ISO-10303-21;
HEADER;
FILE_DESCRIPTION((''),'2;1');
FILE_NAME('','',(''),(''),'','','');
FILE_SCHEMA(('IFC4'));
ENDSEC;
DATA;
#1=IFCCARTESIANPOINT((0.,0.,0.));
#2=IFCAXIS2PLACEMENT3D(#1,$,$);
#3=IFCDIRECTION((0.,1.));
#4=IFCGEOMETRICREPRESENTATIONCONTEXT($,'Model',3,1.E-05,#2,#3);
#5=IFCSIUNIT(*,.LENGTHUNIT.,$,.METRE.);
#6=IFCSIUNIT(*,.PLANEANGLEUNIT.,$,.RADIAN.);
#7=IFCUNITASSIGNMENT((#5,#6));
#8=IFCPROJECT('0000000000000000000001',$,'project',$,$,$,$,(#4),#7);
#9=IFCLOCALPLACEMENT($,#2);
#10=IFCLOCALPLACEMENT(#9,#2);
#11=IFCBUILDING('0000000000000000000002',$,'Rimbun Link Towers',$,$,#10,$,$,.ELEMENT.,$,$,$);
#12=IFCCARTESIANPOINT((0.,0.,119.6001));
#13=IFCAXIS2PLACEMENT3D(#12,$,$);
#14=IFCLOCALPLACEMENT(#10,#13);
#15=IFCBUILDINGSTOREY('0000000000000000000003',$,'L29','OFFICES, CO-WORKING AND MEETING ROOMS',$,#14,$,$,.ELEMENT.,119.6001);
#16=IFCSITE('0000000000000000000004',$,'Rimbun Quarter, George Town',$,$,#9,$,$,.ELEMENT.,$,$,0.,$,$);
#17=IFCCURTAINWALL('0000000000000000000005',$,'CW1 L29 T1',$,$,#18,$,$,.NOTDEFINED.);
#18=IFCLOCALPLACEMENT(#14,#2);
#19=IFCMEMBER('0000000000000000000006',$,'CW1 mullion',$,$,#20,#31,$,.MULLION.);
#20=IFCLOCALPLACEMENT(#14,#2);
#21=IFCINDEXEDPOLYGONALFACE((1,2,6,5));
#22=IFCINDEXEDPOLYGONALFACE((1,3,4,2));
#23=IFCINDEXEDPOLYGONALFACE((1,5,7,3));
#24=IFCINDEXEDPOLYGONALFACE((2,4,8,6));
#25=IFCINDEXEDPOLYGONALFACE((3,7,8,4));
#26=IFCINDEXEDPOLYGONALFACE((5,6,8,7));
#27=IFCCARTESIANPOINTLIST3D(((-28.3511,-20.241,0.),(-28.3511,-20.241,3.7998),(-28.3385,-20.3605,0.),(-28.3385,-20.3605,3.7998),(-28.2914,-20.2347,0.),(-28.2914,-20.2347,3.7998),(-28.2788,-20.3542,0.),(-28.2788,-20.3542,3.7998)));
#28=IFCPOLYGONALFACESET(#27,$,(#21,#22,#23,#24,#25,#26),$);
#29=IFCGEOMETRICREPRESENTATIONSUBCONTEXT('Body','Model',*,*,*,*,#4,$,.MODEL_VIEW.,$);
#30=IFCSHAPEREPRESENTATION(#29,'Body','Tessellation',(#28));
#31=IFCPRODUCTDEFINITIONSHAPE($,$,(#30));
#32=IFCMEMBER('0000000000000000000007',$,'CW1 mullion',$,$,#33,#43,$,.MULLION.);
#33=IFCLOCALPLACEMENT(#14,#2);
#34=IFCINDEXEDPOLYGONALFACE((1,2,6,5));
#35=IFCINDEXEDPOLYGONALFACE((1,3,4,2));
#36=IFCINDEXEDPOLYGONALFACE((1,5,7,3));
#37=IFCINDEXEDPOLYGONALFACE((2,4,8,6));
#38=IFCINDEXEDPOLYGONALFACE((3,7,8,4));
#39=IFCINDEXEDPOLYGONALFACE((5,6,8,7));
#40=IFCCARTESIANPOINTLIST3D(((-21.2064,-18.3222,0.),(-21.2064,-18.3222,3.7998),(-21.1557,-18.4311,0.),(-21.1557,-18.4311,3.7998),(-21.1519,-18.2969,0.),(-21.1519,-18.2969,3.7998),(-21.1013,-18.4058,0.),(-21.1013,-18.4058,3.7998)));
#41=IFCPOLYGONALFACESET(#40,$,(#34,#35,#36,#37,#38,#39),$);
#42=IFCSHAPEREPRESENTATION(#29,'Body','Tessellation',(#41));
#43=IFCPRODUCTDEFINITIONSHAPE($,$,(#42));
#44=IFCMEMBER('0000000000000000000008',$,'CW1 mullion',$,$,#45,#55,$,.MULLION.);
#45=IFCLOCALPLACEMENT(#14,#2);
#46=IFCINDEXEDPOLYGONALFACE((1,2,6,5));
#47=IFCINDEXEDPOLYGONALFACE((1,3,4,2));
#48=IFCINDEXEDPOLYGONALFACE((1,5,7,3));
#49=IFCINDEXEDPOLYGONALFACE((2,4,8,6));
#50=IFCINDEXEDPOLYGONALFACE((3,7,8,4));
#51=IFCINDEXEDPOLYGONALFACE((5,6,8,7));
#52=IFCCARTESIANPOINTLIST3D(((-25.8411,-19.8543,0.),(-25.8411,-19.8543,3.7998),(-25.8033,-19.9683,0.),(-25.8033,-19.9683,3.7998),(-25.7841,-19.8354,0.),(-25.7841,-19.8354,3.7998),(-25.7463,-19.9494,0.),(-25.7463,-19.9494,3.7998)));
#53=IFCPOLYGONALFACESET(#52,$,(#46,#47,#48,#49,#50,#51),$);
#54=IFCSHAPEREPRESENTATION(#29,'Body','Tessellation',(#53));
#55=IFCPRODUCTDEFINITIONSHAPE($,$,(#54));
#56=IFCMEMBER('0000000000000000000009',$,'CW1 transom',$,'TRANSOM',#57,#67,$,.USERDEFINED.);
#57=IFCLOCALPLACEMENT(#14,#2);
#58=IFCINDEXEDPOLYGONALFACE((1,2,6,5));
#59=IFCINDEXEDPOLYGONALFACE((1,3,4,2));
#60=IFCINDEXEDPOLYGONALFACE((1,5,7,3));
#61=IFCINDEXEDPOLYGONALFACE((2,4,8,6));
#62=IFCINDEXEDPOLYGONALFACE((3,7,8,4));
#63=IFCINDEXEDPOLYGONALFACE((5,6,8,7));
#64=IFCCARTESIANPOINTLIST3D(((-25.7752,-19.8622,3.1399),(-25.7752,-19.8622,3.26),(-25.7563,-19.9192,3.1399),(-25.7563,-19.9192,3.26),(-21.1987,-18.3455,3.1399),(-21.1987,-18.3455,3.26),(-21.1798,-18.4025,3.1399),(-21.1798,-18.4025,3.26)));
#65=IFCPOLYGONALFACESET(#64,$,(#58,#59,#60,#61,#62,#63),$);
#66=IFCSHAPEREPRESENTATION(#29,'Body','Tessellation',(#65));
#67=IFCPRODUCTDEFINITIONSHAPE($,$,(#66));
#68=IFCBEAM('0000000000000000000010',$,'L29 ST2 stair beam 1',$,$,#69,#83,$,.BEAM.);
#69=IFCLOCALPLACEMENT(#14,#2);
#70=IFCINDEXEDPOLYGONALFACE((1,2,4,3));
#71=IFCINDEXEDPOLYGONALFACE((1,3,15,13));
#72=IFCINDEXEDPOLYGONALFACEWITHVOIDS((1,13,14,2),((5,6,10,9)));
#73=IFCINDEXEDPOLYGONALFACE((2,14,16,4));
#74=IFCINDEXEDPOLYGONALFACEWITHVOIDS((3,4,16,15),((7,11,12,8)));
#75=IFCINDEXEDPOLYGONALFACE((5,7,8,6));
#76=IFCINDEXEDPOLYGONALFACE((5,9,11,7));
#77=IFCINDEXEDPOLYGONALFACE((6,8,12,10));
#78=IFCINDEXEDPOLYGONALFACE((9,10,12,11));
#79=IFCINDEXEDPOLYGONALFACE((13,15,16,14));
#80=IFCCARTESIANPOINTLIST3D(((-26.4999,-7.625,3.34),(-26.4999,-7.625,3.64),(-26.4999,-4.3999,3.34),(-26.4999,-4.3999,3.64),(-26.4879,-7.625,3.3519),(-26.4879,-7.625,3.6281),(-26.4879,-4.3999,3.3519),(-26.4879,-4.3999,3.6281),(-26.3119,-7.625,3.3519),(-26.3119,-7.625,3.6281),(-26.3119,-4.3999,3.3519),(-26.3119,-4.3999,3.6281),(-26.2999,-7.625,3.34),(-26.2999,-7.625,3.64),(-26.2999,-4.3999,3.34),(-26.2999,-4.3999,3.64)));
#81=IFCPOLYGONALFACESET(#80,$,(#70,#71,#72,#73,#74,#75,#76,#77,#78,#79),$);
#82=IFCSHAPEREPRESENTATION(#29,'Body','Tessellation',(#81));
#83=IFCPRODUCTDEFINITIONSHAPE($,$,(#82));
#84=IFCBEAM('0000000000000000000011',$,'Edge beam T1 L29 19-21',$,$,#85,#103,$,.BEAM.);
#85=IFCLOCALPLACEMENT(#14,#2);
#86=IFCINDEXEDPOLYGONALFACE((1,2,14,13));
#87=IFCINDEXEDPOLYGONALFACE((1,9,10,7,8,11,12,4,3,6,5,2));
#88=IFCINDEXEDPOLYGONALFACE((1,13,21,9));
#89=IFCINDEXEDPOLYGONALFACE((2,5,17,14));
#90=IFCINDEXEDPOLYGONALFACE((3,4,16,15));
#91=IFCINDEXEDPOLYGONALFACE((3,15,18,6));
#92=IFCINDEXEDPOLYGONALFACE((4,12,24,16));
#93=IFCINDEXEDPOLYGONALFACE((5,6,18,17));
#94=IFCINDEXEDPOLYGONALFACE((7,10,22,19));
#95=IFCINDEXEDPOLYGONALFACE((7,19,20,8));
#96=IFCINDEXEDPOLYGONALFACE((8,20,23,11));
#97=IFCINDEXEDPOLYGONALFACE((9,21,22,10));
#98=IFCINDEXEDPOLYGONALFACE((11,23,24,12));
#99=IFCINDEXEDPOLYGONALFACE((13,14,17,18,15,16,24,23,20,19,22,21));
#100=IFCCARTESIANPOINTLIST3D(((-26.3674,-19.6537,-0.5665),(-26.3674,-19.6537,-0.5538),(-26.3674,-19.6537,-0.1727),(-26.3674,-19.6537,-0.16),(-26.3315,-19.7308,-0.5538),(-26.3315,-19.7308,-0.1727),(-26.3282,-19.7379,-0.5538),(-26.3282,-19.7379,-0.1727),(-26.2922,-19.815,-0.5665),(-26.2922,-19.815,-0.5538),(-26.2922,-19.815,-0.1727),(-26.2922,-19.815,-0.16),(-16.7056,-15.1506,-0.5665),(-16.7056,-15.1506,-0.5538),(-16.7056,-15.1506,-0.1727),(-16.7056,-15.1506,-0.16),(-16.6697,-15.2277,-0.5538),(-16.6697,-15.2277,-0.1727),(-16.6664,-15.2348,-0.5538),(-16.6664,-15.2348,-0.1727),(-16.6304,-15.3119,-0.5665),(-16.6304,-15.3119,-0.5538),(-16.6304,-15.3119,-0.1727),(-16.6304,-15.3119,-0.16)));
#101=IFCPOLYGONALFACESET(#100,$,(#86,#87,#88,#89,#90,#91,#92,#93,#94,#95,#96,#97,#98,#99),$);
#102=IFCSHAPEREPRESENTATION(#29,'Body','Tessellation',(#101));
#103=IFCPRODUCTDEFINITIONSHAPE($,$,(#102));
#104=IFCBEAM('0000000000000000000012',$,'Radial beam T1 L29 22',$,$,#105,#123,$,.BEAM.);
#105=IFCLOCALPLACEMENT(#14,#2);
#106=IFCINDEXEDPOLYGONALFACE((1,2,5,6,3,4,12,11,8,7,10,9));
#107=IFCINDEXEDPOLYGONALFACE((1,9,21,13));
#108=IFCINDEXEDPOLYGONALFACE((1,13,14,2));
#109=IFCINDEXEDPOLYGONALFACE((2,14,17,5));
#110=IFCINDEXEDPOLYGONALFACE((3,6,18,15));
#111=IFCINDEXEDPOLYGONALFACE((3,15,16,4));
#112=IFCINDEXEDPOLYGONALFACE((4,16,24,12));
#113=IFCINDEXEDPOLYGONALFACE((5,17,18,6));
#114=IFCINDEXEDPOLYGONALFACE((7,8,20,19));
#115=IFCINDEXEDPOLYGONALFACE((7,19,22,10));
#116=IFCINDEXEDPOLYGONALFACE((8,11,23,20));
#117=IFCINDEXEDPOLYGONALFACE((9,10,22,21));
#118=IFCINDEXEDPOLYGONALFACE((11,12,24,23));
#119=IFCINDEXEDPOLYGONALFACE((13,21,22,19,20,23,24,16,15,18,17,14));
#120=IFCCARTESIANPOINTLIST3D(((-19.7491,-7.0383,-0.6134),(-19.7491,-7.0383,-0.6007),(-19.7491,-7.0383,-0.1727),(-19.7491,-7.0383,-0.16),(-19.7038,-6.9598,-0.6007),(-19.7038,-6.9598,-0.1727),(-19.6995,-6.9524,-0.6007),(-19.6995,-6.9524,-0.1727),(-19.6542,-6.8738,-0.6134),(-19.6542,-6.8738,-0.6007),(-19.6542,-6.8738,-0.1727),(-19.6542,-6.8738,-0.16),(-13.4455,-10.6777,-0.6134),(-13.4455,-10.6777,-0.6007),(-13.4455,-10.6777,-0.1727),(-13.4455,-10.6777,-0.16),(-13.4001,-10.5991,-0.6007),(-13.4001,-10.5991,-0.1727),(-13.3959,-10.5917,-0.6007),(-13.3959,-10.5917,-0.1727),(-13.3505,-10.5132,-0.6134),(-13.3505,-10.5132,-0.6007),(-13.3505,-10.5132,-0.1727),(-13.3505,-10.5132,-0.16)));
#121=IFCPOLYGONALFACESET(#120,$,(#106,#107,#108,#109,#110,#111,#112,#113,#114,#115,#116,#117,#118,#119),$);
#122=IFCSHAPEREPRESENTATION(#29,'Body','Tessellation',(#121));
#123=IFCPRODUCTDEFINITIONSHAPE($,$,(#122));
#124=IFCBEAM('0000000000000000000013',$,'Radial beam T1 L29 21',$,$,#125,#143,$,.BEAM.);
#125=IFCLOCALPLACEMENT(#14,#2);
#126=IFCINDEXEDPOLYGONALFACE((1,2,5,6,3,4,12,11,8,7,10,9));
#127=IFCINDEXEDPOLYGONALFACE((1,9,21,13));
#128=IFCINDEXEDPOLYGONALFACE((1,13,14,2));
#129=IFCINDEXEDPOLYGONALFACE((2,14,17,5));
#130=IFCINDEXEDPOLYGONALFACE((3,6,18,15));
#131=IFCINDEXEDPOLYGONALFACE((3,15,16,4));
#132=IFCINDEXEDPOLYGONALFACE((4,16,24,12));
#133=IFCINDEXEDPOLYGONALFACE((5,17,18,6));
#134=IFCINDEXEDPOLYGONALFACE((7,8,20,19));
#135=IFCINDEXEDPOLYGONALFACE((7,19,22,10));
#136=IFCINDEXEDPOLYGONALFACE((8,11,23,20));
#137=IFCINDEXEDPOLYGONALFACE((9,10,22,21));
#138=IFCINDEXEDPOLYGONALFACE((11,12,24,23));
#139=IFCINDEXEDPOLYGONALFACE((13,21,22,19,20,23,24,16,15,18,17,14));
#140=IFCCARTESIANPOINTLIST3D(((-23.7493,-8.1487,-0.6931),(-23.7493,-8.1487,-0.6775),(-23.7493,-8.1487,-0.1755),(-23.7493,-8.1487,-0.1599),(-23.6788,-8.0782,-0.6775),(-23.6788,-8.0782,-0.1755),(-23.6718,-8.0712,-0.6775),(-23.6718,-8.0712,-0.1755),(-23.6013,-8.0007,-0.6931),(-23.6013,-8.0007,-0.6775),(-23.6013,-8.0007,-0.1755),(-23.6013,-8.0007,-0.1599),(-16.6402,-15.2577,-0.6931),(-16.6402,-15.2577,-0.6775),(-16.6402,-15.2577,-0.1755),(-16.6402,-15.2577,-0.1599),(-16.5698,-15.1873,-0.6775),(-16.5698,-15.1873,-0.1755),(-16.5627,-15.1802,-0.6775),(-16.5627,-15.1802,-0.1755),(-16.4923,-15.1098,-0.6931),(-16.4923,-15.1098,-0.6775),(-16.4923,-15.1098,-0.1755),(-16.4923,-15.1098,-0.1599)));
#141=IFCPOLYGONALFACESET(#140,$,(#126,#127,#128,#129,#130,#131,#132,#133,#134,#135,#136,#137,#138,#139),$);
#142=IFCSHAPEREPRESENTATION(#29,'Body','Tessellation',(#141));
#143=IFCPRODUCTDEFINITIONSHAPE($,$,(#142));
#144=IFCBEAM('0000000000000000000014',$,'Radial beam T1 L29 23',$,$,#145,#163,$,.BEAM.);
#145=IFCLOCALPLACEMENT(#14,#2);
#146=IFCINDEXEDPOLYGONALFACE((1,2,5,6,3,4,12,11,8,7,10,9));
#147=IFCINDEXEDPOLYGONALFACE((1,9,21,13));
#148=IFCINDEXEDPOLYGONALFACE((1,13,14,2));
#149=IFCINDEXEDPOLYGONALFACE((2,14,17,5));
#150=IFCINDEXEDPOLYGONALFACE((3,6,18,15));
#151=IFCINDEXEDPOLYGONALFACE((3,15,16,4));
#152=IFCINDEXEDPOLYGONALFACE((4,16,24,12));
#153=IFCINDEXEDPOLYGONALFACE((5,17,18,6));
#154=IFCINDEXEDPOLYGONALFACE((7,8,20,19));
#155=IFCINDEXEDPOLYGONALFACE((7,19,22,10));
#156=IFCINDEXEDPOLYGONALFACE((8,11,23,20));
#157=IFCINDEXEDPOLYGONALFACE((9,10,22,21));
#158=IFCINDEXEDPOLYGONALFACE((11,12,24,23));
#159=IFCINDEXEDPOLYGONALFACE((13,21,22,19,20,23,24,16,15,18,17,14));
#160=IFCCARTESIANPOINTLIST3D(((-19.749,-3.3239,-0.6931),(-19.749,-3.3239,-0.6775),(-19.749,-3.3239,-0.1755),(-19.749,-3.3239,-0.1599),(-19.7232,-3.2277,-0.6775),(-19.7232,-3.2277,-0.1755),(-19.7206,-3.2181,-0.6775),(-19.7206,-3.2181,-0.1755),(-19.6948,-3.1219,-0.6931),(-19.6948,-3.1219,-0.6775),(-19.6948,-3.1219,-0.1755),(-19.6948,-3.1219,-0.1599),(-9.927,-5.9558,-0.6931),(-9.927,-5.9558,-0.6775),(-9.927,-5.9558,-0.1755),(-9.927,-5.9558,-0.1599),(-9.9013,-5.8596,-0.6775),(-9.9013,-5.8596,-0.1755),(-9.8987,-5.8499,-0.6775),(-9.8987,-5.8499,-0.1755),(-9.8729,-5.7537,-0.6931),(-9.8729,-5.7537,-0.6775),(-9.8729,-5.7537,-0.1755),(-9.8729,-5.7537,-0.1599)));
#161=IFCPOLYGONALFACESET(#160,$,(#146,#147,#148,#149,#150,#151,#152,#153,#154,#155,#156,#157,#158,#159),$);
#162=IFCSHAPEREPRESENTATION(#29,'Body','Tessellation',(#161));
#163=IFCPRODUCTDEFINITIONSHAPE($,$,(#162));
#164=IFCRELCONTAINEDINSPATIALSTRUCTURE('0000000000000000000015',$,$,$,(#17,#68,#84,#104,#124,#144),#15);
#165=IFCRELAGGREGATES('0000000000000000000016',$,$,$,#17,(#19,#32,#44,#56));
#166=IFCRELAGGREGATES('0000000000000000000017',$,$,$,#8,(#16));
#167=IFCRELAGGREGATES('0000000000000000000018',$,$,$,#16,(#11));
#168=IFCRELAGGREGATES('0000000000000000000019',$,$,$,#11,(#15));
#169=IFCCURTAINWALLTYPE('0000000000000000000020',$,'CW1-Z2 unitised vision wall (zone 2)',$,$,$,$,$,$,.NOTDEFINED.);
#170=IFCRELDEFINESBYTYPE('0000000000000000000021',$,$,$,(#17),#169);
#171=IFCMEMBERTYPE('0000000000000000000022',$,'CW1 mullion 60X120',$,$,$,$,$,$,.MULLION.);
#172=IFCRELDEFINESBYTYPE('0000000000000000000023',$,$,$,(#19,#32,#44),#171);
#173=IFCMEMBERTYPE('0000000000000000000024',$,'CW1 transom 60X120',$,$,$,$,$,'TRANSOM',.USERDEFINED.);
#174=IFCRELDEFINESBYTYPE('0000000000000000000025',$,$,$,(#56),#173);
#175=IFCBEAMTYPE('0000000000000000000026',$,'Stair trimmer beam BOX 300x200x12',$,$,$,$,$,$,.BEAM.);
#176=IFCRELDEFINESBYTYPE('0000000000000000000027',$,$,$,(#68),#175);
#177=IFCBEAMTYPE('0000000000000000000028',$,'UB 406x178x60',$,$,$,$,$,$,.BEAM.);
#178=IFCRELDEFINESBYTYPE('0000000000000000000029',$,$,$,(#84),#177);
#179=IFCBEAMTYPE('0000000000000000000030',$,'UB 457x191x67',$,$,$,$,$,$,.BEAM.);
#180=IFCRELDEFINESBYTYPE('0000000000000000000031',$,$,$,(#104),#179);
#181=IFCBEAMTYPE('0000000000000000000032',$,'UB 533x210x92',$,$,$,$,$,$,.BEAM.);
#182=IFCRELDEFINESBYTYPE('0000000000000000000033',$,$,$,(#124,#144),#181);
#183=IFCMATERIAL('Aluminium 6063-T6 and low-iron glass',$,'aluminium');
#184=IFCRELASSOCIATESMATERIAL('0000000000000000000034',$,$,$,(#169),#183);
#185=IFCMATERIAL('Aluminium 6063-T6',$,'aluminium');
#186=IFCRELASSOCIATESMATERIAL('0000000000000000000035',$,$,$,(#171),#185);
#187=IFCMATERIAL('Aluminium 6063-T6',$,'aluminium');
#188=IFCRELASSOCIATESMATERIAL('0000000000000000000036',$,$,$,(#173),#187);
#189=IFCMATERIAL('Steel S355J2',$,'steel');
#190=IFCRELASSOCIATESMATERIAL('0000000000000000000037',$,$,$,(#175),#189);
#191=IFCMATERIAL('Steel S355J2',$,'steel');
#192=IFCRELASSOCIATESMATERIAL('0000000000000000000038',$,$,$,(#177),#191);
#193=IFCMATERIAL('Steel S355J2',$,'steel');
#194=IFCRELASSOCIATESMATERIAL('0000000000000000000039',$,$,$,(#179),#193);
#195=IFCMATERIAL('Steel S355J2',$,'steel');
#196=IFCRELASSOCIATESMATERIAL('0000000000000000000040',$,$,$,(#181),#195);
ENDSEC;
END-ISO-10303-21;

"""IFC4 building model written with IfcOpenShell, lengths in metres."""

from ifc_helpers import new_model, si_unit, direction, frame, origin, origin_2d, place, context, subcontext, project, spatial, rectangle, hollow_rectangle, i_section, extrude, material, material_profile, profile_set, type_object, element, aggregate, save


model = new_model("IFC4")

# Units and contexts
model_context = context("Model", 3, precision=1e-05, world=origin(), true_north=direction((0.0, 1.0)))
body_context = subcontext(model_context, "Body", "Model", "MODEL_VIEW")
ifc_project = project(units=[si_unit("LENGTHUNIT", "METRE"), si_unit("PLANEANGLEUNIT", "RADIAN")], contexts=[model_context])

# Site, building, storey
site_placement = place(None, origin())
site = spatial("IfcSite", under=ifc_project, at=site_placement, Name="Rimbun Quarter, George Town", CompositionType="ELEMENT", RefElevation=0.0)
building_placement = place(site_placement, origin())
building = spatial("IfcBuilding", under=site, at=building_placement, Name="Rimbun Link Towers", CompositionType="ELEMENT")
storey_placement = place(building_placement, frame((0.0, 0.0, 119.6001)))
storey = spatial("IfcBuildingStorey", under=building, at=storey_placement, Name="L29", Description="OFFICES, CO-WORKING AND MEETING ROOMS", CompositionType="ELEMENT", Elevation=119.6001)

# Curtain wall, members
ifc_material_1 = material(Name="Aluminium 6063-T6 and low-iron glass", Category="aluminium")
curtain_wall_type = type_object("IfcCurtainWallType", Name="CW1-Z2 unitised vision wall (zone 2)", PredefinedType="NOTDEFINED", material=ifc_material_1)
curtain_wall_placement = place(storey_placement, origin())
curtain_wall = element("IfcCurtainWall", 1, at=curtain_wall_placement, inside=storey, type_object=curtain_wall_type, Name="CW1 L29 T1", PredefinedType="NOTDEFINED")
ifc_material_2 = material(Name="Aluminium 6063-T6", Category="aluminium")
ifc_material_profile_1 = material_profile(ifc_material_2, rectangle(XDim=0.1201, YDim=0.0601, at=origin_2d()), Name="MULLION 60X120")
ifc_profile_set_1 = profile_set([ifc_material_profile_1], Name="Aluminium 6063-T6")
member_type_1 = type_object("IfcMemberType", Name="CW1 mullion 60X120", PredefinedType="MULLION", material=ifc_profile_set_1)
member_1_placement = place(storey_placement, frame((-28.3149, -20.2976, 0.0), z_axis=(0.0, 0.0, 1.0), x_axis=(0.104748, -0.994499, 0.0)))
member_1 = element("IfcMember", 2, at=member_1_placement, type_object=member_type_1, Name="CW1 mullion", PredefinedType="MULLION", context=body_context, shape_type="SweptSolid", body=[
    extrude(rectangle(XDim=0.1201, YDim=0.0601, at=origin_2d()), origin(), (0.0, 0.0, 1.0), 3.7998),
])
member_2_placement = place(storey_placement, frame((-21.1538, -18.364, 0.0), z_axis=(0.0, 0.0, 1.0), x_axis=(0.421705, -0.906733, 0.0)))
member_2 = element("IfcMember", 3, at=member_2_placement, type_object=member_type_1, Name="CW1 mullion", PredefinedType="MULLION", context=body_context, shape_type="SweptSolid", body=[
    extrude(rectangle(XDim=0.1201, YDim=0.0601, at=origin_2d()), origin(), (0.0, 0.0, 1.0), 3.7998),
])
member_3_placement = place(storey_placement, frame((-25.7937, -19.9019, 0.0), z_axis=(0.0, 0.0, 1.0), x_axis=(0.314563, -0.949236, 0.0)))
member_3 = element("IfcMember", 4, at=member_3_placement, type_object=member_type_1, Name="CW1 mullion", PredefinedType="MULLION", context=body_context, shape_type="SweptSolid", body=[
    extrude(rectangle(XDim=0.1201, YDim=0.0601, at=origin_2d()), origin(), (0.0, 0.0, 1.0), 3.7998),
])
ifc_material_3 = material(Name="Aluminium 6063-T6", Category="aluminium")
ifc_material_profile_2 = material_profile(ifc_material_3, rectangle(XDim=0.0601, YDim=0.1201, at=origin_2d()), Name="TRANSOM 60X120")
ifc_profile_set_2 = profile_set([ifc_material_profile_2], Name="Aluminium 6063-T6")
member_type_2 = type_object("IfcMemberType", Name="CW1 transom 60X120", ElementType="TRANSOM", PredefinedType="USERDEFINED", material=ifc_profile_set_2)
member_4_placement = place(storey_placement, frame((-21.1892, -18.374, 3.2), z_axis=(-0.949234, -0.314571, 0.0), x_axis=(0.314571, -0.949234, 0.0)))
member_4 = element("IfcMember", 5, at=member_4_placement, type_object=member_type_2, Name="CW1 transom", ObjectType="TRANSOM", PredefinedType="USERDEFINED", context=body_context, shape_type="SweptSolid", body=[
    extrude(rectangle(XDim=0.0601, YDim=0.1201, at=origin_2d()), origin(), (0.0, 0.0, 1.0), 4.8213),
])

# Beams
ifc_material_4 = material(Name="Steel S355J2", Category="steel")
ifc_material_profile_3 = material_profile(ifc_material_4, hollow_rectangle(XDim=0.2, YDim=0.3, WallThickness=0.012, at=origin_2d()), Name="BOX 300x200x12")
ifc_profile_set_3 = profile_set([ifc_material_profile_3], Name="Steel S355J2")
beam_type_1 = type_object("IfcBeamType", Name="Stair trimmer beam BOX 300x200x12", PredefinedType="BEAM", material=ifc_profile_set_3)
beam_1_placement = place(storey_placement, frame((-26.3999, -7.625, 3.49), z_axis=(0.0, 1.0, 0.0), x_axis=(-1.0, 0.0, 0.0)))
element("IfcBeam", 6, at=beam_1_placement, inside=storey, type_object=beam_type_1, Name="L29 ST2 stair beam 1", PredefinedType="BEAM", context=body_context, shape_type="SweptSolid", body=[
    extrude(hollow_rectangle(XDim=0.2, YDim=0.3, WallThickness=0.012, at=origin_2d()), origin(), (0.0, 0.0, 1.0), 3.2251),
])
ifc_material_5 = material(Name="Steel S355J2", Category="steel")
ifc_material_profile_4 = material_profile(ifc_material_5, i_section(OverallWidth=0.178, OverallDepth=0.4065, WebThickness=0.0078, FlangeThickness=0.0127, at=origin_2d()), Name="UB 406x178x60")
ifc_profile_set_4 = profile_set([ifc_material_profile_4], Name="Steel S355J2")
beam_type_2 = type_object("IfcBeamType", Name="UB 406x178x60", PredefinedType="BEAM", material=ifc_profile_set_4)
beam_2_placement = place(storey_placement, frame((-26.3298, -19.7344, -0.3633), z_axis=(0.906388, 0.422447, 0.0), x_axis=(-0.422447, 0.906388, 0.0)))
element("IfcBeam", 7, at=beam_2_placement, inside=storey, type_object=beam_type_2, Name="Edge beam T1 L29 19-21", PredefinedType="BEAM", context=body_context, shape_type="SweptSolid", body=[
    extrude(i_section(OverallWidth=0.178, OverallDepth=0.4065, WebThickness=0.0078, FlangeThickness=0.0127, at=origin_2d()), origin(), (0.0, 0.0, 1.0), 10.6597),
])
ifc_material_6 = material(Name="Steel S355J2", Category="steel")
ifc_material_profile_5 = material_profile(ifc_material_6, i_section(OverallWidth=0.1899, OverallDepth=0.4534, WebThickness=0.0085, FlangeThickness=0.0127, at=origin_2d()), Name="UB 457x191x67")
ifc_profile_set_5 = profile_set([ifc_material_profile_5], Name="Steel S355J2")
beam_type_3 = type_object("IfcBeamType", Name="UB 457x191x67", PredefinedType="BEAM", material=ifc_profile_set_5)
beam_3_placement = place(storey_placement, frame((-19.7017, -6.9561, -0.3867), z_axis=(0.866028, -0.499995, 0.0), x_axis=(0.499995, 0.866028, 0.0)))
element("IfcBeam", 8, at=beam_3_placement, inside=storey, type_object=beam_type_3, Name="Radial beam T1 L29 22", PredefinedType="BEAM", context=body_context, shape_type="SweptSolid", body=[
    extrude(i_section(OverallWidth=0.1899, OverallDepth=0.4534, WebThickness=0.0085, FlangeThickness=0.0127, at=origin_2d()), origin(), (0.0, 0.0, 1.0), 7.2788),
])
ifc_material_7 = material(Name="Steel S355J2", Category="steel")
ifc_material_profile_6 = material_profile(ifc_material_7, i_section(OverallWidth=0.2092, OverallDepth=0.5332, WebThickness=0.01, FlangeThickness=0.0156, at=origin_2d()), Name="UB 533x210x92")
ifc_profile_set_6 = profile_set([ifc_material_profile_6], Name="Steel S355J2")
beam_type_4 = type_object("IfcBeamType", Name="UB 533x210x92", PredefinedType="BEAM", material=ifc_profile_set_6)
beam_4_placement = place(storey_placement, frame((-23.6753, -8.0747, -0.4265), z_axis=(0.707107, -0.707107, 0.0), x_axis=(0.707107, 0.707107, 0.0)))
element("IfcBeam", 9, at=beam_4_placement, inside=storey, type_object=beam_type_4, Name="Radial beam T1 L29 21", PredefinedType="BEAM", context=body_context, shape_type="SweptSolid", body=[
    extrude(i_section(OverallWidth=0.2092, OverallDepth=0.5332, WebThickness=0.01, FlangeThickness=0.0156, at=origin_2d()), origin(), (0.0, 0.0, 1.0), 10.0537),
])
beam_5_placement = place(storey_placement, frame((-19.7219, -3.2229, -0.4265), z_axis=(0.965925, -0.258822, 0.0), x_axis=(0.258822, 0.965925, 0.0)))
element("IfcBeam", 10, at=beam_5_placement, inside=storey, type_object=beam_type_4, Name="Radial beam T1 L29 23", PredefinedType="BEAM", context=body_context, shape_type="SweptSolid", body=[
    extrude(i_section(OverallWidth=0.2092, OverallDepth=0.5332, WebThickness=0.01, FlangeThickness=0.0156, at=origin_2d()), origin(), (0.0, 0.0, 1.0), 10.1685),
])

aggregate(curtain_wall, [member_1, member_2, member_3, member_4])

save(model, "model.ifc")
